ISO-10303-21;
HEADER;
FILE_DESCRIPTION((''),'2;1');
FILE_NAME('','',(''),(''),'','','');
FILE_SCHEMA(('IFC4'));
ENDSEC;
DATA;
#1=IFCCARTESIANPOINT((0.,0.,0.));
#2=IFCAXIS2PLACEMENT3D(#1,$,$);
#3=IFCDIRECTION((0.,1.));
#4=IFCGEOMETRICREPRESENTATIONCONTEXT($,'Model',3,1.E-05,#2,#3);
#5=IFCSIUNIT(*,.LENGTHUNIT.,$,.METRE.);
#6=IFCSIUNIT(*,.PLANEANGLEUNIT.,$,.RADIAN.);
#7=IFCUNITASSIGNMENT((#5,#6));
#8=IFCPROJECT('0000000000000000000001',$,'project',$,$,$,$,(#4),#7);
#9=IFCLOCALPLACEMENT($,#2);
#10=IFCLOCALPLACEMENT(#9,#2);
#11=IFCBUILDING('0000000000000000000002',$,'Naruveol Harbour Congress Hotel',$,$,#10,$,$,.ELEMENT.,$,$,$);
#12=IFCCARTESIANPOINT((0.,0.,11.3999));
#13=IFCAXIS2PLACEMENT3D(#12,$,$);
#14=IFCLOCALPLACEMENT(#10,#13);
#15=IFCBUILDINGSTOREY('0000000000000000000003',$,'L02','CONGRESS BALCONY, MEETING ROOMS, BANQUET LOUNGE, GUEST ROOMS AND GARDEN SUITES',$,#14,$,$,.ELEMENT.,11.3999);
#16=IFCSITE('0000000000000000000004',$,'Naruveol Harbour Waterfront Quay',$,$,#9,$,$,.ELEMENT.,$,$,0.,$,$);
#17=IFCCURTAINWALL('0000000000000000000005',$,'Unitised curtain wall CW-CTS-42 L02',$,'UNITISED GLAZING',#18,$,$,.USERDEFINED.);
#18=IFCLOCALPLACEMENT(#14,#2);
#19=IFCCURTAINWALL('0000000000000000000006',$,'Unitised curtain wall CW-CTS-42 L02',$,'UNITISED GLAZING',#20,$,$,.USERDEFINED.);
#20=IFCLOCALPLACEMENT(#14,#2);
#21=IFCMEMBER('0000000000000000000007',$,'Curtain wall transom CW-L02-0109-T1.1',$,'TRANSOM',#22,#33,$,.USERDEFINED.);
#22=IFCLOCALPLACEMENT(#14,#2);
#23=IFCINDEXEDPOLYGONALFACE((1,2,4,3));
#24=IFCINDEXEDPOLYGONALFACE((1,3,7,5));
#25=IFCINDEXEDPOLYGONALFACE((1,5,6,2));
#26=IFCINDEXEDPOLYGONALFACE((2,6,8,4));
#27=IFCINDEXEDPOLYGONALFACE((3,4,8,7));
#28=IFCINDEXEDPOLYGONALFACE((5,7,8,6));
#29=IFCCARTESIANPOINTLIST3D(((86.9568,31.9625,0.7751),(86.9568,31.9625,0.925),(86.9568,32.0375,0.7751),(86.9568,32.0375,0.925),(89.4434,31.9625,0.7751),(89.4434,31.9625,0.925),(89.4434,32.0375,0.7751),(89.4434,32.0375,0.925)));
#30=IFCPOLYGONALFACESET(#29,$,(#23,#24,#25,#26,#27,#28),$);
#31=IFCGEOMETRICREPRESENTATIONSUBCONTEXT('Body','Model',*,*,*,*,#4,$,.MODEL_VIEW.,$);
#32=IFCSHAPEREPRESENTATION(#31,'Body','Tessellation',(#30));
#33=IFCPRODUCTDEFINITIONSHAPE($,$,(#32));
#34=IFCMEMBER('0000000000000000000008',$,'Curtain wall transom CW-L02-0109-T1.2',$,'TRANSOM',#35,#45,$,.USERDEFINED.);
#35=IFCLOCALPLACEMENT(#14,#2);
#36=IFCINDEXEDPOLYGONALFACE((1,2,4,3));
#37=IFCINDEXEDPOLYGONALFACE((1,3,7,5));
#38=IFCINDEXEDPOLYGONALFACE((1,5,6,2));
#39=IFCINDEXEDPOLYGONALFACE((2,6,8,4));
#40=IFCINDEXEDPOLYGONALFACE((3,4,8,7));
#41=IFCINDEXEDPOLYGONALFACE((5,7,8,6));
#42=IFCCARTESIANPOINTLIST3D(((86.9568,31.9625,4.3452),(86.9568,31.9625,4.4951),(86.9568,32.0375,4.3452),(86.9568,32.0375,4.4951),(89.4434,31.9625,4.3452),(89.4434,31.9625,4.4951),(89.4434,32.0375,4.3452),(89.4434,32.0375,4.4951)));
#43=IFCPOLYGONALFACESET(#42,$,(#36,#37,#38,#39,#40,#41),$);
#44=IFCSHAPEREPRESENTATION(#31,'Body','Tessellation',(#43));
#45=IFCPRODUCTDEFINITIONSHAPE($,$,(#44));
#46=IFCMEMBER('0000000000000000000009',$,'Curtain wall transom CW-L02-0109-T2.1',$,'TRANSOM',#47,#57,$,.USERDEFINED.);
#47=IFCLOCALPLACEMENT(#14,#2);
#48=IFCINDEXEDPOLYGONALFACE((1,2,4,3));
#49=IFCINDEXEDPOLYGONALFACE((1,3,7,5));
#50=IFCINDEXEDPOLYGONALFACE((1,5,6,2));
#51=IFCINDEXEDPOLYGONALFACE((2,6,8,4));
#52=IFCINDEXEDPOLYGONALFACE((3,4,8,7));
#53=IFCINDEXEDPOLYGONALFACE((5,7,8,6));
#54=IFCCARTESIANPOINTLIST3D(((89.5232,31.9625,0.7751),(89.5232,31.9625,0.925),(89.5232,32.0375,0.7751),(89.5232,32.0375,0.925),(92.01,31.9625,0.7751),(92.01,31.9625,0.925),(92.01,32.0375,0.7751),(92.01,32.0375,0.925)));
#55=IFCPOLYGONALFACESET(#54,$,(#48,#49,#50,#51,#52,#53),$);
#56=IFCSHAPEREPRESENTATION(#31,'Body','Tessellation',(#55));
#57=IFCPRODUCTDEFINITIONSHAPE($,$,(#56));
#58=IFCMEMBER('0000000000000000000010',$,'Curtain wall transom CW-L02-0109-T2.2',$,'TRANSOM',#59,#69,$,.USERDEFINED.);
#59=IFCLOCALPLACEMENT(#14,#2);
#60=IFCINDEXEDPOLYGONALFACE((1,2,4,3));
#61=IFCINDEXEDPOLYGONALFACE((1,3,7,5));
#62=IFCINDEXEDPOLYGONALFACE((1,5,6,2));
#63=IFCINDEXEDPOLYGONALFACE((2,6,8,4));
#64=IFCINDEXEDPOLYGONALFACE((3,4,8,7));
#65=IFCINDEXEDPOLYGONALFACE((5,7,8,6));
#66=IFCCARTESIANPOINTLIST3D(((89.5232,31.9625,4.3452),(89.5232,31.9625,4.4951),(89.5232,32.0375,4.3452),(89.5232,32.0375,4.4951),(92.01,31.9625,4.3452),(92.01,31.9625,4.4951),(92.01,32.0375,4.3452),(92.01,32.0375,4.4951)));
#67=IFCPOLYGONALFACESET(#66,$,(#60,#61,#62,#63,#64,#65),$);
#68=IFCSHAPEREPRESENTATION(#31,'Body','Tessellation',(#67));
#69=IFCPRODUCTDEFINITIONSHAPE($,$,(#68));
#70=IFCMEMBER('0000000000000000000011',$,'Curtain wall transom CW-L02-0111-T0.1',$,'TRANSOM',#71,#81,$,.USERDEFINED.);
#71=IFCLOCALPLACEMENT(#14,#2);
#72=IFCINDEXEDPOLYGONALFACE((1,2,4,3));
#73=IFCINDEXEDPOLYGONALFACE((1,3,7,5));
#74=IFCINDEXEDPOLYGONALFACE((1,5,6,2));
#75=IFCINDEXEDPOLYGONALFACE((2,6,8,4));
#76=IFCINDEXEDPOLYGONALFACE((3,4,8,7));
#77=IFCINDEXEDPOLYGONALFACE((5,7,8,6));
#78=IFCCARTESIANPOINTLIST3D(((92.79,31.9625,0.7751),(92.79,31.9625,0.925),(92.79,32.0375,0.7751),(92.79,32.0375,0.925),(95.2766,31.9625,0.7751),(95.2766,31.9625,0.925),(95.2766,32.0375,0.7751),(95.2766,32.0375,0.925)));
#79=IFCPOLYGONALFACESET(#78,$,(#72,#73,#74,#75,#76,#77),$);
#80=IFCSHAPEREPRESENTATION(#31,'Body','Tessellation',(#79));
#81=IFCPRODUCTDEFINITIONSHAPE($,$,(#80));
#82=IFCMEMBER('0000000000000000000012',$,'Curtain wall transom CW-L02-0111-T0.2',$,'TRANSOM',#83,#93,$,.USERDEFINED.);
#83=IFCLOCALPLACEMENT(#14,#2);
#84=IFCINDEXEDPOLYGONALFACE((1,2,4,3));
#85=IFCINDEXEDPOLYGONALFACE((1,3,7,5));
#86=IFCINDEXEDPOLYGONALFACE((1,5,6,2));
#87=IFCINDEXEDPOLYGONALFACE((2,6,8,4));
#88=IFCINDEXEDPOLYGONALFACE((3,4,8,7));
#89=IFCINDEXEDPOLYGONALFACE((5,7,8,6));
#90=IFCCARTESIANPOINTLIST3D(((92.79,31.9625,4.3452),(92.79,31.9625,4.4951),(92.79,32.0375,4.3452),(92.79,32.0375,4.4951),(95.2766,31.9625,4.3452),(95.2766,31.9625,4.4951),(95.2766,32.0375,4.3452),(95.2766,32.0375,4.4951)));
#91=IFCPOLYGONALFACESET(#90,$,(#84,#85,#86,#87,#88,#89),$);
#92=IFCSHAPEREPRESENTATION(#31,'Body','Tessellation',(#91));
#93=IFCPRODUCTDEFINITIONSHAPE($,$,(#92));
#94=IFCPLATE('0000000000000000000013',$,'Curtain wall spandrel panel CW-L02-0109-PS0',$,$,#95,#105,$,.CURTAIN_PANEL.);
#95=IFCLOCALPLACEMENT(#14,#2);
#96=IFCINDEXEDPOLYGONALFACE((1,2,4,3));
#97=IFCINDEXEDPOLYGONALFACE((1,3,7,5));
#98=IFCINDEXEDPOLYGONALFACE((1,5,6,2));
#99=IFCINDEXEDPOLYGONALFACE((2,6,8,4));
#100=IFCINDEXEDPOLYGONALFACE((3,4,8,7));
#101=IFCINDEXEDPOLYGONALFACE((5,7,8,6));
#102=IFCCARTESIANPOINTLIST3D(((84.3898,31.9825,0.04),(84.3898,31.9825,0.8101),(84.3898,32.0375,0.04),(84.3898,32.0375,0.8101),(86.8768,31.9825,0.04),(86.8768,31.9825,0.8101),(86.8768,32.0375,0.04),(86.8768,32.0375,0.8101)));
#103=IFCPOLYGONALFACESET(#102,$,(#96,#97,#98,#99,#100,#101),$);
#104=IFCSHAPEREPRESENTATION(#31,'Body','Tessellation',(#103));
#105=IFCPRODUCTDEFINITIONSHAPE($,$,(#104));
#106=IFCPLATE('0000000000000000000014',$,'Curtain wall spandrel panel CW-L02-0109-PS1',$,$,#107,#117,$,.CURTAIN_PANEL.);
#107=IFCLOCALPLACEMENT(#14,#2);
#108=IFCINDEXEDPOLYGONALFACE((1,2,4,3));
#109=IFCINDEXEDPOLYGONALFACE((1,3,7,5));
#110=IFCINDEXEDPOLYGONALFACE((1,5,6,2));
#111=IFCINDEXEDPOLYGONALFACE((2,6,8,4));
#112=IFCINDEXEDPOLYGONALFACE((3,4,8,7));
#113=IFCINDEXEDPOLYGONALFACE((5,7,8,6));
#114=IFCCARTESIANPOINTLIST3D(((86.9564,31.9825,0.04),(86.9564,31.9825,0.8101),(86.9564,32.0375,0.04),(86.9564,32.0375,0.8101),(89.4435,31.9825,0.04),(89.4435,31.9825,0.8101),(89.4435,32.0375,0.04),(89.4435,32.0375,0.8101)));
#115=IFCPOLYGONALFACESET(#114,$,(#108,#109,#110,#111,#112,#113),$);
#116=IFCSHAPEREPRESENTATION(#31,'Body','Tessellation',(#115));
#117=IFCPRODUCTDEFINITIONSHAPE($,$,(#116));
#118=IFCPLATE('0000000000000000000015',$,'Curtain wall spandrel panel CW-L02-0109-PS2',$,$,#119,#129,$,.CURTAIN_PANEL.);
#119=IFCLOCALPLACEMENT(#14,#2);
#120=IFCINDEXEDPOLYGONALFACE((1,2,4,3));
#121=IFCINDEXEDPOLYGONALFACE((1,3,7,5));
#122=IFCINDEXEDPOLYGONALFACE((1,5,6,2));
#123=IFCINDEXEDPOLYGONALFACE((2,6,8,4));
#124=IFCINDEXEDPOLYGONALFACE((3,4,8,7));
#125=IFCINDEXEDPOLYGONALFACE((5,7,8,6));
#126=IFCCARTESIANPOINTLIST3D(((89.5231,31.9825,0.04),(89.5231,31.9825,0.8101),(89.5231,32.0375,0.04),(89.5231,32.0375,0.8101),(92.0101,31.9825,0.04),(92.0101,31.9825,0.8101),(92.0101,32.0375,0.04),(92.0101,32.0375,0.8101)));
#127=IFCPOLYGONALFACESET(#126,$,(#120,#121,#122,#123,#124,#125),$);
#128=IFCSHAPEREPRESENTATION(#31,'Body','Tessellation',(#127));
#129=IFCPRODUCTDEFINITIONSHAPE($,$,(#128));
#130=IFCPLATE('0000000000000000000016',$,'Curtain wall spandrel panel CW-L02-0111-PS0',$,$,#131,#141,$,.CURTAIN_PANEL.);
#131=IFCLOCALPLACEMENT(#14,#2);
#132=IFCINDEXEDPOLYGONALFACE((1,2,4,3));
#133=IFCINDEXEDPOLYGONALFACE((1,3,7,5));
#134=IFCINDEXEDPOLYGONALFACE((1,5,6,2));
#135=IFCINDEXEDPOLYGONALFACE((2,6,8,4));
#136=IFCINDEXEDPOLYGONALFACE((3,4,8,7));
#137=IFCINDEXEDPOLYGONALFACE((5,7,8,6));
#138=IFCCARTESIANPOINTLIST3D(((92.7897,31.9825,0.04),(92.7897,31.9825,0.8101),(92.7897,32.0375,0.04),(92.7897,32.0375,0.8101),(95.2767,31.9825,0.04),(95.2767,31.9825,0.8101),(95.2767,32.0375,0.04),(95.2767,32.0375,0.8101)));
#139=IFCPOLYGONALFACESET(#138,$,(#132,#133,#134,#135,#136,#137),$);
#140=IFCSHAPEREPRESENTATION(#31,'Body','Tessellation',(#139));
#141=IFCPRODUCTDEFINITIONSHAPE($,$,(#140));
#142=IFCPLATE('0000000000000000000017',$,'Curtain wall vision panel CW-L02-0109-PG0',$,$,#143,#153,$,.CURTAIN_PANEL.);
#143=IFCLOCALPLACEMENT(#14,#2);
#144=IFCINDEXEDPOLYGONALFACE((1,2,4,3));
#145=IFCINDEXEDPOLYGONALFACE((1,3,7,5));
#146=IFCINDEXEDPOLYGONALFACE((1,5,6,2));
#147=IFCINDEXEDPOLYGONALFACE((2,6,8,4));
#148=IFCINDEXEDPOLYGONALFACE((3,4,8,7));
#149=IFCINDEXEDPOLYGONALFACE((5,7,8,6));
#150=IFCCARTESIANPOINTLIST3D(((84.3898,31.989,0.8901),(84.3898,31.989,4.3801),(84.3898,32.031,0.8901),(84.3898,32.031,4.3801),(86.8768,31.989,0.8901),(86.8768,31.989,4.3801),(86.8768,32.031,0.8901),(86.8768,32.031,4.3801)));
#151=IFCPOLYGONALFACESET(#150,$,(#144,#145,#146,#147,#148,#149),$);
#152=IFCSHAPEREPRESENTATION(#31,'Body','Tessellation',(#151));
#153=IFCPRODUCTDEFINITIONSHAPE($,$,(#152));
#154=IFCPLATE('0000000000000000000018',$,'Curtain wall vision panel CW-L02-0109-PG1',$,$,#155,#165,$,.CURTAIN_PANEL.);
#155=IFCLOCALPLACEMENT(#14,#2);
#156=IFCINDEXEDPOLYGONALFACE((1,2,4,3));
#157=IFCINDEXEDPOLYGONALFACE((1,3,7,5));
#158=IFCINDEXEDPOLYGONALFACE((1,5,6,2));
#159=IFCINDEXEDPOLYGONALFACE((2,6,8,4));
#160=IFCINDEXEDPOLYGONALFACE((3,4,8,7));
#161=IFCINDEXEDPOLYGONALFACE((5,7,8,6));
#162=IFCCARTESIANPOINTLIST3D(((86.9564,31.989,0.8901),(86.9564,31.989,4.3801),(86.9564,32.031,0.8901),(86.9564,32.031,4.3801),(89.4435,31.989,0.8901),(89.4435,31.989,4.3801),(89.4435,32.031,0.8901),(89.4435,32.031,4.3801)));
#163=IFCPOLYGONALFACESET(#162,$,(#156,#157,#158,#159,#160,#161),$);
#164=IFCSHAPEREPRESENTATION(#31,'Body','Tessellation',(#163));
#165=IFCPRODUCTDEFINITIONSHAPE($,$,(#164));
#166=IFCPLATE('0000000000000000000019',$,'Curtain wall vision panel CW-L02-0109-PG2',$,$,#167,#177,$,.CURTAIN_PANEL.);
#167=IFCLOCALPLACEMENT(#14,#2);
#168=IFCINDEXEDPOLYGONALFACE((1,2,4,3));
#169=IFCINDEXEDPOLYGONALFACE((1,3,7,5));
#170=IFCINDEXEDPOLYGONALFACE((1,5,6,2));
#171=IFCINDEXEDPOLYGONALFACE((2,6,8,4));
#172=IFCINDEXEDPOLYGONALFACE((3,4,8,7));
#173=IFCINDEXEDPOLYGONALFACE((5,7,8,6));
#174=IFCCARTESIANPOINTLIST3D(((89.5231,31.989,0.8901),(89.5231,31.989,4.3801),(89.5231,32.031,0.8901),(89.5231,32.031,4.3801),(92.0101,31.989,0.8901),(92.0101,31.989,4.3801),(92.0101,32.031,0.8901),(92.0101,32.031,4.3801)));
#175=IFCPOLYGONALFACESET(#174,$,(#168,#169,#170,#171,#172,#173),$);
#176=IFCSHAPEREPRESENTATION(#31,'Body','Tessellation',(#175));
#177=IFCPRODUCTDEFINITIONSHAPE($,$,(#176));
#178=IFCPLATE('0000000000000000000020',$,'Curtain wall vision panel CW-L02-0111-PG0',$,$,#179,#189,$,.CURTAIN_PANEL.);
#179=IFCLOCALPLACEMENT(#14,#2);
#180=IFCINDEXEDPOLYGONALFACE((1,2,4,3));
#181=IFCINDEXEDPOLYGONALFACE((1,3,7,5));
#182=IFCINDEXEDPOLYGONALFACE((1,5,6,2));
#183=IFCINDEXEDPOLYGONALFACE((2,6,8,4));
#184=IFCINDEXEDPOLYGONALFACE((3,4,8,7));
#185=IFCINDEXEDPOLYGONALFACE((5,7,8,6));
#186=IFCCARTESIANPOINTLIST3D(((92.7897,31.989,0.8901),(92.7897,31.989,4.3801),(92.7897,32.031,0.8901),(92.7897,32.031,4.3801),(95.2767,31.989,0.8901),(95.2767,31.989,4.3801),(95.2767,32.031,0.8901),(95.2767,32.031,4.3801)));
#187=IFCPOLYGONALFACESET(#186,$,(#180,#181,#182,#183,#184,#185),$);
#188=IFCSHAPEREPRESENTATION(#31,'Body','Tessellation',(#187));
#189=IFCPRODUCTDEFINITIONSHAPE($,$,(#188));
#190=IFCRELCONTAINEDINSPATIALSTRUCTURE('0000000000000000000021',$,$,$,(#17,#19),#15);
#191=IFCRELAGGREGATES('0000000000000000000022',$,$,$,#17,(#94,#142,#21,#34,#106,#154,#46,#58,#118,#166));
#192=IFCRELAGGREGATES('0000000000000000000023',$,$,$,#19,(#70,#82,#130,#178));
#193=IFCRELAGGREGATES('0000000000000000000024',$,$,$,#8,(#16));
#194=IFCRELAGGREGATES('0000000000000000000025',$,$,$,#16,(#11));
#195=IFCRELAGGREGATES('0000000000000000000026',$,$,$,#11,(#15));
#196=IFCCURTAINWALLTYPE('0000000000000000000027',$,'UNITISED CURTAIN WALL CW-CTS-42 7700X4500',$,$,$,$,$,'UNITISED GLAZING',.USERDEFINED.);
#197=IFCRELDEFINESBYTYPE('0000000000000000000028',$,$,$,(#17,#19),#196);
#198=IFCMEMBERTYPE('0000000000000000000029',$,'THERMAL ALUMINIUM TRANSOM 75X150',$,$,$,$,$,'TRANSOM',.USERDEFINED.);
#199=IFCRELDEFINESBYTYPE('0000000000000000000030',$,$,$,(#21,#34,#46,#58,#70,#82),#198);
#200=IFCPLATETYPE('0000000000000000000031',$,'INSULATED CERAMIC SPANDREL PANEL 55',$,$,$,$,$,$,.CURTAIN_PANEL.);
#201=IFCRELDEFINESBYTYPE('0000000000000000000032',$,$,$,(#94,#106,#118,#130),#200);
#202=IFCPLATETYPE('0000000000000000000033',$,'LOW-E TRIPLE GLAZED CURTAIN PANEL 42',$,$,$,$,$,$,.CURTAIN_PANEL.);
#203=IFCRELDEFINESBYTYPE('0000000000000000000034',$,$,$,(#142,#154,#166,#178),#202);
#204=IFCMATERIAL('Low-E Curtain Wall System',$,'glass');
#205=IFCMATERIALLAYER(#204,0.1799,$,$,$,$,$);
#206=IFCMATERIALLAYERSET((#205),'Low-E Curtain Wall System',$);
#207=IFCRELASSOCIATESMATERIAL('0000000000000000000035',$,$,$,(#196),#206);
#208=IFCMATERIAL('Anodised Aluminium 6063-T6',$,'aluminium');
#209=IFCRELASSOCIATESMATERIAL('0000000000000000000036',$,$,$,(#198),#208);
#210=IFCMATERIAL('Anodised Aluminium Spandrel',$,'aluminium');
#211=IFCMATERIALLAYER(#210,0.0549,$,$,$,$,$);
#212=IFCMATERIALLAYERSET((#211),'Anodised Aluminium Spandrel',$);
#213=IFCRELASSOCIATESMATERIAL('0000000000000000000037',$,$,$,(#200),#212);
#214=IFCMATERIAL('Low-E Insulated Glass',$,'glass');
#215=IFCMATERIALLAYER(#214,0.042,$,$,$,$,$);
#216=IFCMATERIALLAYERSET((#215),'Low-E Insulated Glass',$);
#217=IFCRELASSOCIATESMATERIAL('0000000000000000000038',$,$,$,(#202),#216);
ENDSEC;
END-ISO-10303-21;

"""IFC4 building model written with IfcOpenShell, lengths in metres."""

from ifc_helpers import new_model, si_unit, direction, frame, origin, origin_2d, place, context, subcontext, project, spatial, rectangle, extrude, material, layer, layer_set, material_profile, profile_set, type_object, element, aggregate, save


model = new_model("IFC4")

# Units and contexts
model_context = context("Model", 3, precision=1e-05, world=origin(), true_north=direction((0.0, 1.0)))
body_context = subcontext(model_context, "Body", "Model", "MODEL_VIEW")
ifc_project = project(units=[si_unit("LENGTHUNIT", "METRE"), si_unit("PLANEANGLEUNIT", "RADIAN")], contexts=[model_context])

# Site, building, storey
site_placement = place(None, origin())
site = spatial("IfcSite", under=ifc_project, at=site_placement, Name="Naruveol Harbour Waterfront Quay", CompositionType="ELEMENT", RefElevation=0.0)
building_placement = place(site_placement, origin())
building = spatial("IfcBuilding", under=site, at=building_placement, Name="Naruveol Harbour Congress Hotel", CompositionType="ELEMENT")
storey_placement = place(building_placement, frame((0.0, 0.0, 11.3999)))
storey = spatial("IfcBuildingStorey", under=building, at=storey_placement, Name="L02", Description="CONGRESS BALCONY, MEETING ROOMS, BANQUET LOUNGE, GUEST ROOMS AND GARDEN SUITES", CompositionType="ELEMENT", Elevation=11.3999)

# Curtain wall
ifc_material_1 = material(Name="Low-E Curtain Wall System", Category="glass")
ifc_layer_1 = layer(ifc_material_1, 0.1799)
ifc_layer_set_1 = layer_set([ifc_layer_1], Name="Low-E Curtain Wall System")
curtain_wall_type = type_object("IfcCurtainWallType", Name="UNITISED CURTAIN WALL CW-CTS-42 7700X4500", ElementType="UNITISED GLAZING", PredefinedType="USERDEFINED", material=ifc_layer_set_1)
curtain_wall_1_placement = place(storey_placement, origin())
curtain_wall_1 = element("IfcCurtainWall", 1, at=curtain_wall_1_placement, inside=storey, type_object=curtain_wall_type, Name="Unitised curtain wall CW-CTS-42 L02", ObjectType="UNITISED GLAZING", PredefinedType="USERDEFINED")

# Curtain wall
curtain_wall_2_placement = place(storey_placement, origin())
curtain_wall_2 = element("IfcCurtainWall", 2, at=curtain_wall_2_placement, inside=storey, type_object=curtain_wall_type, Name="Unitised curtain wall CW-CTS-42 L02", ObjectType="UNITISED GLAZING", PredefinedType="USERDEFINED")

# Members
ifc_material_2 = material(Name="Anodised Aluminium 6063-T6", Category="aluminium")
ifc_material_profile_1 = material_profile(ifc_material_2, rectangle(XDim=0.075, YDim=0.1499, at=origin_2d()), Name="ALU-75x150")
ifc_profile_set_1 = profile_set([ifc_material_profile_1], Name="Anodised Aluminium 6063-T6")
member_type_1 = type_object("IfcMemberType", Name="THERMAL ALUMINIUM TRANSOM 75X150", ElementType="TRANSOM", PredefinedType="USERDEFINED", material=ifc_profile_set_1)
member_1_placement = place(storey_placement, frame((86.9568, 32.0, 0.8501), z_axis=(1.0, 0.0, 0.0), x_axis=(0.0, 1.0, 0.0)))
member_1 = element("IfcMember", 3, at=member_1_placement, type_object=member_type_1, Name="Curtain wall transom CW-L02-0109-T1.1", ObjectType="TRANSOM", PredefinedType="USERDEFINED", context=body_context, shape_type="SweptSolid", body=[
    extrude(rectangle(XDim=0.075, YDim=0.1499, at=origin_2d()), origin(), (0.0, 0.0, 1.0), 2.4866),
])
member_2_placement = place(storey_placement, frame((86.9568, 32.0, 4.4202), z_axis=(1.0, 0.0, 0.0), x_axis=(0.0, 1.0, 0.0)))
member_2 = element("IfcMember", 4, at=member_2_placement, type_object=member_type_1, Name="Curtain wall transom CW-L02-0109-T1.2", ObjectType="TRANSOM", PredefinedType="USERDEFINED", context=body_context, shape_type="SweptSolid", body=[
    extrude(rectangle(XDim=0.075, YDim=0.1499, at=origin_2d()), origin(), (0.0, 0.0, 1.0), 2.4866),
])
member_3_placement = place(storey_placement, frame((89.5232, 32.0, 0.8501), z_axis=(1.0, 0.0, 0.0), x_axis=(0.0, 1.0, 0.0)))
member_3 = element("IfcMember", 5, at=member_3_placement, type_object=member_type_1, Name="Curtain wall transom CW-L02-0109-T2.1", ObjectType="TRANSOM", PredefinedType="USERDEFINED", context=body_context, shape_type="SweptSolid", body=[
    extrude(rectangle(XDim=0.075, YDim=0.1499, at=origin_2d()), origin(), (0.0, 0.0, 1.0), 2.4868),
])
member_4_placement = place(storey_placement, frame((89.5232, 32.0, 4.4202), z_axis=(1.0, 0.0, 0.0), x_axis=(0.0, 1.0, 0.0)))
member_4 = element("IfcMember", 6, at=member_4_placement, type_object=member_type_1, Name="Curtain wall transom CW-L02-0109-T2.2", ObjectType="TRANSOM", PredefinedType="USERDEFINED", context=body_context, shape_type="SweptSolid", body=[
    extrude(rectangle(XDim=0.075, YDim=0.1499, at=origin_2d()), origin(), (0.0, 0.0, 1.0), 2.4868),
])
member_5_placement = place(storey_placement, frame((92.79, 32.0, 0.8501), z_axis=(1.0, 0.0, 0.0), x_axis=(0.0, 1.0, 0.0)))
member_5 = element("IfcMember", 7, at=member_5_placement, type_object=member_type_1, Name="Curtain wall transom CW-L02-0111-T0.1", ObjectType="TRANSOM", PredefinedType="USERDEFINED", context=body_context, shape_type="SweptSolid", body=[
    extrude(rectangle(XDim=0.075, YDim=0.1499, at=origin_2d()), origin(), (0.0, 0.0, 1.0), 2.4866),
])
member_6_placement = place(storey_placement, frame((92.79, 32.0, 4.4202), z_axis=(1.0, 0.0, 0.0), x_axis=(0.0, 1.0, 0.0)))
member_6 = element("IfcMember", 8, at=member_6_placement, type_object=member_type_1, Name="Curtain wall transom CW-L02-0111-T0.2", ObjectType="TRANSOM", PredefinedType="USERDEFINED", context=body_context, shape_type="SweptSolid", body=[
    extrude(rectangle(XDim=0.075, YDim=0.1499, at=origin_2d()), origin(), (0.0, 0.0, 1.0), 2.4866),
])

# Plates
ifc_material_3 = material(Name="Anodised Aluminium Spandrel", Category="aluminium")
ifc_layer_2 = layer(ifc_material_3, 0.0549)
ifc_layer_set_2 = layer_set([ifc_layer_2], Name="Anodised Aluminium Spandrel")
plate_type_1 = type_object("IfcPlateType", Name="INSULATED CERAMIC SPANDREL PANEL 55", PredefinedType="CURTAIN_PANEL", material=ifc_layer_set_2)
plate_1_placement = place(storey_placement, frame((85.6333, 32.01, 0.04), z_axis=(0.0, 0.0, 1.0), x_axis=(1.0, 0.0, 0.0)))
plate_1 = element("IfcPlate", 9, at=plate_1_placement, type_object=plate_type_1, Name="Curtain wall spandrel panel CW-L02-0109-PS0", PredefinedType="CURTAIN_PANEL", context=body_context, shape_type="SweptSolid", body=[
    extrude(rectangle(XDim=2.4871, YDim=0.0549, at=origin_2d()), origin(), (0.0, 0.0, 1.0), 0.77),
])
plate_2_placement = place(storey_placement, frame((88.2, 32.01, 0.04), z_axis=(0.0, 0.0, 1.0), x_axis=(1.0, 0.0, 0.0)))
plate_2 = element("IfcPlate", 10, at=plate_2_placement, type_object=plate_type_1, Name="Curtain wall spandrel panel CW-L02-0109-PS1", PredefinedType="CURTAIN_PANEL", context=body_context, shape_type="SweptSolid", body=[
    extrude(rectangle(XDim=2.4871, YDim=0.0549, at=origin_2d()), origin(), (0.0, 0.0, 1.0), 0.77),
])
plate_3_placement = place(storey_placement, frame((90.7666, 32.01, 0.04), z_axis=(0.0, 0.0, 1.0), x_axis=(1.0, 0.0, 0.0)))
plate_3 = element("IfcPlate", 11, at=plate_3_placement, type_object=plate_type_1, Name="Curtain wall spandrel panel CW-L02-0109-PS2", PredefinedType="CURTAIN_PANEL", context=body_context, shape_type="SweptSolid", body=[
    extrude(rectangle(XDim=2.4871, YDim=0.0549, at=origin_2d()), origin(), (0.0, 0.0, 1.0), 0.77),
])
plate_4_placement = place(storey_placement, frame((94.0332, 32.01, 0.04), z_axis=(0.0, 0.0, 1.0), x_axis=(1.0, 0.0, 0.0)))
plate_4 = element("IfcPlate", 12, at=plate_4_placement, type_object=plate_type_1, Name="Curtain wall spandrel panel CW-L02-0111-PS0", PredefinedType="CURTAIN_PANEL", context=body_context, shape_type="SweptSolid", body=[
    extrude(rectangle(XDim=2.4871, YDim=0.0549, at=origin_2d()), origin(), (0.0, 0.0, 1.0), 0.77),
])
ifc_material_4 = material(Name="Low-E Insulated Glass", Category="glass")
ifc_layer_3 = layer(ifc_material_4, 0.042)
ifc_layer_set_3 = layer_set([ifc_layer_3], Name="Low-E Insulated Glass")
plate_type_2 = type_object("IfcPlateType", Name="LOW-E TRIPLE GLAZED CURTAIN PANEL 42", PredefinedType="CURTAIN_PANEL", material=ifc_layer_set_3)
plate_5_placement = place(storey_placement, frame((85.6333, 32.01, 0.8901), z_axis=(0.0, 0.0, 1.0), x_axis=(1.0, 0.0, 0.0)))
plate_5 = element("IfcPlate", 13, at=plate_5_placement, type_object=plate_type_2, Name="Curtain wall vision panel CW-L02-0109-PG0", PredefinedType="CURTAIN_PANEL", context=body_context, shape_type="SweptSolid", body=[
    extrude(rectangle(XDim=2.4871, YDim=0.042, at=origin_2d()), origin(), (0.0, 0.0, 1.0), 3.49),
])
plate_6_placement = place(storey_placement, frame((88.2, 32.01, 0.8901), z_axis=(0.0, 0.0, 1.0), x_axis=(1.0, 0.0, 0.0)))
plate_6 = element("IfcPlate", 14, at=plate_6_placement, type_object=plate_type_2, Name="Curtain wall vision panel CW-L02-0109-PG1", PredefinedType="CURTAIN_PANEL", context=body_context, shape_type="SweptSolid", body=[
    extrude(rectangle(XDim=2.4871, YDim=0.042, at=origin_2d()), origin(), (0.0, 0.0, 1.0), 3.49),
])
plate_7_placement = place(storey_placement, frame((90.7666, 32.01, 0.8901), z_axis=(0.0, 0.0, 1.0), x_axis=(1.0, 0.0, 0.0)))
plate_7 = element("IfcPlate", 15, at=plate_7_placement, type_object=plate_type_2, Name="Curtain wall vision panel CW-L02-0109-PG2", PredefinedType="CURTAIN_PANEL", context=body_context, shape_type="SweptSolid", body=[
    extrude(rectangle(XDim=2.4871, YDim=0.042, at=origin_2d()), origin(), (0.0, 0.0, 1.0), 3.49),
])
aggregate(curtain_wall_1, [plate_1, plate_5, member_1, member_2, plate_2, plate_6, member_3, member_4, plate_3, plate_7])
plate_8_placement = place(storey_placement, frame((94.0332, 32.01, 0.8901), z_axis=(0.0, 0.0, 1.0), x_axis=(1.0, 0.0, 0.0)))
plate_8 = element("IfcPlate", 16, at=plate_8_placement, type_object=plate_type_2, Name="Curtain wall vision panel CW-L02-0111-PG0", PredefinedType="CURTAIN_PANEL", context=body_context, shape_type="SweptSolid", body=[
    extrude(rectangle(XDim=2.4871, YDim=0.042, at=origin_2d()), origin(), (0.0, 0.0, 1.0), 3.49),
])
aggregate(curtain_wall_2, [member_5, member_6, plate_4, plate_8])

save(model, "model.ifc")
